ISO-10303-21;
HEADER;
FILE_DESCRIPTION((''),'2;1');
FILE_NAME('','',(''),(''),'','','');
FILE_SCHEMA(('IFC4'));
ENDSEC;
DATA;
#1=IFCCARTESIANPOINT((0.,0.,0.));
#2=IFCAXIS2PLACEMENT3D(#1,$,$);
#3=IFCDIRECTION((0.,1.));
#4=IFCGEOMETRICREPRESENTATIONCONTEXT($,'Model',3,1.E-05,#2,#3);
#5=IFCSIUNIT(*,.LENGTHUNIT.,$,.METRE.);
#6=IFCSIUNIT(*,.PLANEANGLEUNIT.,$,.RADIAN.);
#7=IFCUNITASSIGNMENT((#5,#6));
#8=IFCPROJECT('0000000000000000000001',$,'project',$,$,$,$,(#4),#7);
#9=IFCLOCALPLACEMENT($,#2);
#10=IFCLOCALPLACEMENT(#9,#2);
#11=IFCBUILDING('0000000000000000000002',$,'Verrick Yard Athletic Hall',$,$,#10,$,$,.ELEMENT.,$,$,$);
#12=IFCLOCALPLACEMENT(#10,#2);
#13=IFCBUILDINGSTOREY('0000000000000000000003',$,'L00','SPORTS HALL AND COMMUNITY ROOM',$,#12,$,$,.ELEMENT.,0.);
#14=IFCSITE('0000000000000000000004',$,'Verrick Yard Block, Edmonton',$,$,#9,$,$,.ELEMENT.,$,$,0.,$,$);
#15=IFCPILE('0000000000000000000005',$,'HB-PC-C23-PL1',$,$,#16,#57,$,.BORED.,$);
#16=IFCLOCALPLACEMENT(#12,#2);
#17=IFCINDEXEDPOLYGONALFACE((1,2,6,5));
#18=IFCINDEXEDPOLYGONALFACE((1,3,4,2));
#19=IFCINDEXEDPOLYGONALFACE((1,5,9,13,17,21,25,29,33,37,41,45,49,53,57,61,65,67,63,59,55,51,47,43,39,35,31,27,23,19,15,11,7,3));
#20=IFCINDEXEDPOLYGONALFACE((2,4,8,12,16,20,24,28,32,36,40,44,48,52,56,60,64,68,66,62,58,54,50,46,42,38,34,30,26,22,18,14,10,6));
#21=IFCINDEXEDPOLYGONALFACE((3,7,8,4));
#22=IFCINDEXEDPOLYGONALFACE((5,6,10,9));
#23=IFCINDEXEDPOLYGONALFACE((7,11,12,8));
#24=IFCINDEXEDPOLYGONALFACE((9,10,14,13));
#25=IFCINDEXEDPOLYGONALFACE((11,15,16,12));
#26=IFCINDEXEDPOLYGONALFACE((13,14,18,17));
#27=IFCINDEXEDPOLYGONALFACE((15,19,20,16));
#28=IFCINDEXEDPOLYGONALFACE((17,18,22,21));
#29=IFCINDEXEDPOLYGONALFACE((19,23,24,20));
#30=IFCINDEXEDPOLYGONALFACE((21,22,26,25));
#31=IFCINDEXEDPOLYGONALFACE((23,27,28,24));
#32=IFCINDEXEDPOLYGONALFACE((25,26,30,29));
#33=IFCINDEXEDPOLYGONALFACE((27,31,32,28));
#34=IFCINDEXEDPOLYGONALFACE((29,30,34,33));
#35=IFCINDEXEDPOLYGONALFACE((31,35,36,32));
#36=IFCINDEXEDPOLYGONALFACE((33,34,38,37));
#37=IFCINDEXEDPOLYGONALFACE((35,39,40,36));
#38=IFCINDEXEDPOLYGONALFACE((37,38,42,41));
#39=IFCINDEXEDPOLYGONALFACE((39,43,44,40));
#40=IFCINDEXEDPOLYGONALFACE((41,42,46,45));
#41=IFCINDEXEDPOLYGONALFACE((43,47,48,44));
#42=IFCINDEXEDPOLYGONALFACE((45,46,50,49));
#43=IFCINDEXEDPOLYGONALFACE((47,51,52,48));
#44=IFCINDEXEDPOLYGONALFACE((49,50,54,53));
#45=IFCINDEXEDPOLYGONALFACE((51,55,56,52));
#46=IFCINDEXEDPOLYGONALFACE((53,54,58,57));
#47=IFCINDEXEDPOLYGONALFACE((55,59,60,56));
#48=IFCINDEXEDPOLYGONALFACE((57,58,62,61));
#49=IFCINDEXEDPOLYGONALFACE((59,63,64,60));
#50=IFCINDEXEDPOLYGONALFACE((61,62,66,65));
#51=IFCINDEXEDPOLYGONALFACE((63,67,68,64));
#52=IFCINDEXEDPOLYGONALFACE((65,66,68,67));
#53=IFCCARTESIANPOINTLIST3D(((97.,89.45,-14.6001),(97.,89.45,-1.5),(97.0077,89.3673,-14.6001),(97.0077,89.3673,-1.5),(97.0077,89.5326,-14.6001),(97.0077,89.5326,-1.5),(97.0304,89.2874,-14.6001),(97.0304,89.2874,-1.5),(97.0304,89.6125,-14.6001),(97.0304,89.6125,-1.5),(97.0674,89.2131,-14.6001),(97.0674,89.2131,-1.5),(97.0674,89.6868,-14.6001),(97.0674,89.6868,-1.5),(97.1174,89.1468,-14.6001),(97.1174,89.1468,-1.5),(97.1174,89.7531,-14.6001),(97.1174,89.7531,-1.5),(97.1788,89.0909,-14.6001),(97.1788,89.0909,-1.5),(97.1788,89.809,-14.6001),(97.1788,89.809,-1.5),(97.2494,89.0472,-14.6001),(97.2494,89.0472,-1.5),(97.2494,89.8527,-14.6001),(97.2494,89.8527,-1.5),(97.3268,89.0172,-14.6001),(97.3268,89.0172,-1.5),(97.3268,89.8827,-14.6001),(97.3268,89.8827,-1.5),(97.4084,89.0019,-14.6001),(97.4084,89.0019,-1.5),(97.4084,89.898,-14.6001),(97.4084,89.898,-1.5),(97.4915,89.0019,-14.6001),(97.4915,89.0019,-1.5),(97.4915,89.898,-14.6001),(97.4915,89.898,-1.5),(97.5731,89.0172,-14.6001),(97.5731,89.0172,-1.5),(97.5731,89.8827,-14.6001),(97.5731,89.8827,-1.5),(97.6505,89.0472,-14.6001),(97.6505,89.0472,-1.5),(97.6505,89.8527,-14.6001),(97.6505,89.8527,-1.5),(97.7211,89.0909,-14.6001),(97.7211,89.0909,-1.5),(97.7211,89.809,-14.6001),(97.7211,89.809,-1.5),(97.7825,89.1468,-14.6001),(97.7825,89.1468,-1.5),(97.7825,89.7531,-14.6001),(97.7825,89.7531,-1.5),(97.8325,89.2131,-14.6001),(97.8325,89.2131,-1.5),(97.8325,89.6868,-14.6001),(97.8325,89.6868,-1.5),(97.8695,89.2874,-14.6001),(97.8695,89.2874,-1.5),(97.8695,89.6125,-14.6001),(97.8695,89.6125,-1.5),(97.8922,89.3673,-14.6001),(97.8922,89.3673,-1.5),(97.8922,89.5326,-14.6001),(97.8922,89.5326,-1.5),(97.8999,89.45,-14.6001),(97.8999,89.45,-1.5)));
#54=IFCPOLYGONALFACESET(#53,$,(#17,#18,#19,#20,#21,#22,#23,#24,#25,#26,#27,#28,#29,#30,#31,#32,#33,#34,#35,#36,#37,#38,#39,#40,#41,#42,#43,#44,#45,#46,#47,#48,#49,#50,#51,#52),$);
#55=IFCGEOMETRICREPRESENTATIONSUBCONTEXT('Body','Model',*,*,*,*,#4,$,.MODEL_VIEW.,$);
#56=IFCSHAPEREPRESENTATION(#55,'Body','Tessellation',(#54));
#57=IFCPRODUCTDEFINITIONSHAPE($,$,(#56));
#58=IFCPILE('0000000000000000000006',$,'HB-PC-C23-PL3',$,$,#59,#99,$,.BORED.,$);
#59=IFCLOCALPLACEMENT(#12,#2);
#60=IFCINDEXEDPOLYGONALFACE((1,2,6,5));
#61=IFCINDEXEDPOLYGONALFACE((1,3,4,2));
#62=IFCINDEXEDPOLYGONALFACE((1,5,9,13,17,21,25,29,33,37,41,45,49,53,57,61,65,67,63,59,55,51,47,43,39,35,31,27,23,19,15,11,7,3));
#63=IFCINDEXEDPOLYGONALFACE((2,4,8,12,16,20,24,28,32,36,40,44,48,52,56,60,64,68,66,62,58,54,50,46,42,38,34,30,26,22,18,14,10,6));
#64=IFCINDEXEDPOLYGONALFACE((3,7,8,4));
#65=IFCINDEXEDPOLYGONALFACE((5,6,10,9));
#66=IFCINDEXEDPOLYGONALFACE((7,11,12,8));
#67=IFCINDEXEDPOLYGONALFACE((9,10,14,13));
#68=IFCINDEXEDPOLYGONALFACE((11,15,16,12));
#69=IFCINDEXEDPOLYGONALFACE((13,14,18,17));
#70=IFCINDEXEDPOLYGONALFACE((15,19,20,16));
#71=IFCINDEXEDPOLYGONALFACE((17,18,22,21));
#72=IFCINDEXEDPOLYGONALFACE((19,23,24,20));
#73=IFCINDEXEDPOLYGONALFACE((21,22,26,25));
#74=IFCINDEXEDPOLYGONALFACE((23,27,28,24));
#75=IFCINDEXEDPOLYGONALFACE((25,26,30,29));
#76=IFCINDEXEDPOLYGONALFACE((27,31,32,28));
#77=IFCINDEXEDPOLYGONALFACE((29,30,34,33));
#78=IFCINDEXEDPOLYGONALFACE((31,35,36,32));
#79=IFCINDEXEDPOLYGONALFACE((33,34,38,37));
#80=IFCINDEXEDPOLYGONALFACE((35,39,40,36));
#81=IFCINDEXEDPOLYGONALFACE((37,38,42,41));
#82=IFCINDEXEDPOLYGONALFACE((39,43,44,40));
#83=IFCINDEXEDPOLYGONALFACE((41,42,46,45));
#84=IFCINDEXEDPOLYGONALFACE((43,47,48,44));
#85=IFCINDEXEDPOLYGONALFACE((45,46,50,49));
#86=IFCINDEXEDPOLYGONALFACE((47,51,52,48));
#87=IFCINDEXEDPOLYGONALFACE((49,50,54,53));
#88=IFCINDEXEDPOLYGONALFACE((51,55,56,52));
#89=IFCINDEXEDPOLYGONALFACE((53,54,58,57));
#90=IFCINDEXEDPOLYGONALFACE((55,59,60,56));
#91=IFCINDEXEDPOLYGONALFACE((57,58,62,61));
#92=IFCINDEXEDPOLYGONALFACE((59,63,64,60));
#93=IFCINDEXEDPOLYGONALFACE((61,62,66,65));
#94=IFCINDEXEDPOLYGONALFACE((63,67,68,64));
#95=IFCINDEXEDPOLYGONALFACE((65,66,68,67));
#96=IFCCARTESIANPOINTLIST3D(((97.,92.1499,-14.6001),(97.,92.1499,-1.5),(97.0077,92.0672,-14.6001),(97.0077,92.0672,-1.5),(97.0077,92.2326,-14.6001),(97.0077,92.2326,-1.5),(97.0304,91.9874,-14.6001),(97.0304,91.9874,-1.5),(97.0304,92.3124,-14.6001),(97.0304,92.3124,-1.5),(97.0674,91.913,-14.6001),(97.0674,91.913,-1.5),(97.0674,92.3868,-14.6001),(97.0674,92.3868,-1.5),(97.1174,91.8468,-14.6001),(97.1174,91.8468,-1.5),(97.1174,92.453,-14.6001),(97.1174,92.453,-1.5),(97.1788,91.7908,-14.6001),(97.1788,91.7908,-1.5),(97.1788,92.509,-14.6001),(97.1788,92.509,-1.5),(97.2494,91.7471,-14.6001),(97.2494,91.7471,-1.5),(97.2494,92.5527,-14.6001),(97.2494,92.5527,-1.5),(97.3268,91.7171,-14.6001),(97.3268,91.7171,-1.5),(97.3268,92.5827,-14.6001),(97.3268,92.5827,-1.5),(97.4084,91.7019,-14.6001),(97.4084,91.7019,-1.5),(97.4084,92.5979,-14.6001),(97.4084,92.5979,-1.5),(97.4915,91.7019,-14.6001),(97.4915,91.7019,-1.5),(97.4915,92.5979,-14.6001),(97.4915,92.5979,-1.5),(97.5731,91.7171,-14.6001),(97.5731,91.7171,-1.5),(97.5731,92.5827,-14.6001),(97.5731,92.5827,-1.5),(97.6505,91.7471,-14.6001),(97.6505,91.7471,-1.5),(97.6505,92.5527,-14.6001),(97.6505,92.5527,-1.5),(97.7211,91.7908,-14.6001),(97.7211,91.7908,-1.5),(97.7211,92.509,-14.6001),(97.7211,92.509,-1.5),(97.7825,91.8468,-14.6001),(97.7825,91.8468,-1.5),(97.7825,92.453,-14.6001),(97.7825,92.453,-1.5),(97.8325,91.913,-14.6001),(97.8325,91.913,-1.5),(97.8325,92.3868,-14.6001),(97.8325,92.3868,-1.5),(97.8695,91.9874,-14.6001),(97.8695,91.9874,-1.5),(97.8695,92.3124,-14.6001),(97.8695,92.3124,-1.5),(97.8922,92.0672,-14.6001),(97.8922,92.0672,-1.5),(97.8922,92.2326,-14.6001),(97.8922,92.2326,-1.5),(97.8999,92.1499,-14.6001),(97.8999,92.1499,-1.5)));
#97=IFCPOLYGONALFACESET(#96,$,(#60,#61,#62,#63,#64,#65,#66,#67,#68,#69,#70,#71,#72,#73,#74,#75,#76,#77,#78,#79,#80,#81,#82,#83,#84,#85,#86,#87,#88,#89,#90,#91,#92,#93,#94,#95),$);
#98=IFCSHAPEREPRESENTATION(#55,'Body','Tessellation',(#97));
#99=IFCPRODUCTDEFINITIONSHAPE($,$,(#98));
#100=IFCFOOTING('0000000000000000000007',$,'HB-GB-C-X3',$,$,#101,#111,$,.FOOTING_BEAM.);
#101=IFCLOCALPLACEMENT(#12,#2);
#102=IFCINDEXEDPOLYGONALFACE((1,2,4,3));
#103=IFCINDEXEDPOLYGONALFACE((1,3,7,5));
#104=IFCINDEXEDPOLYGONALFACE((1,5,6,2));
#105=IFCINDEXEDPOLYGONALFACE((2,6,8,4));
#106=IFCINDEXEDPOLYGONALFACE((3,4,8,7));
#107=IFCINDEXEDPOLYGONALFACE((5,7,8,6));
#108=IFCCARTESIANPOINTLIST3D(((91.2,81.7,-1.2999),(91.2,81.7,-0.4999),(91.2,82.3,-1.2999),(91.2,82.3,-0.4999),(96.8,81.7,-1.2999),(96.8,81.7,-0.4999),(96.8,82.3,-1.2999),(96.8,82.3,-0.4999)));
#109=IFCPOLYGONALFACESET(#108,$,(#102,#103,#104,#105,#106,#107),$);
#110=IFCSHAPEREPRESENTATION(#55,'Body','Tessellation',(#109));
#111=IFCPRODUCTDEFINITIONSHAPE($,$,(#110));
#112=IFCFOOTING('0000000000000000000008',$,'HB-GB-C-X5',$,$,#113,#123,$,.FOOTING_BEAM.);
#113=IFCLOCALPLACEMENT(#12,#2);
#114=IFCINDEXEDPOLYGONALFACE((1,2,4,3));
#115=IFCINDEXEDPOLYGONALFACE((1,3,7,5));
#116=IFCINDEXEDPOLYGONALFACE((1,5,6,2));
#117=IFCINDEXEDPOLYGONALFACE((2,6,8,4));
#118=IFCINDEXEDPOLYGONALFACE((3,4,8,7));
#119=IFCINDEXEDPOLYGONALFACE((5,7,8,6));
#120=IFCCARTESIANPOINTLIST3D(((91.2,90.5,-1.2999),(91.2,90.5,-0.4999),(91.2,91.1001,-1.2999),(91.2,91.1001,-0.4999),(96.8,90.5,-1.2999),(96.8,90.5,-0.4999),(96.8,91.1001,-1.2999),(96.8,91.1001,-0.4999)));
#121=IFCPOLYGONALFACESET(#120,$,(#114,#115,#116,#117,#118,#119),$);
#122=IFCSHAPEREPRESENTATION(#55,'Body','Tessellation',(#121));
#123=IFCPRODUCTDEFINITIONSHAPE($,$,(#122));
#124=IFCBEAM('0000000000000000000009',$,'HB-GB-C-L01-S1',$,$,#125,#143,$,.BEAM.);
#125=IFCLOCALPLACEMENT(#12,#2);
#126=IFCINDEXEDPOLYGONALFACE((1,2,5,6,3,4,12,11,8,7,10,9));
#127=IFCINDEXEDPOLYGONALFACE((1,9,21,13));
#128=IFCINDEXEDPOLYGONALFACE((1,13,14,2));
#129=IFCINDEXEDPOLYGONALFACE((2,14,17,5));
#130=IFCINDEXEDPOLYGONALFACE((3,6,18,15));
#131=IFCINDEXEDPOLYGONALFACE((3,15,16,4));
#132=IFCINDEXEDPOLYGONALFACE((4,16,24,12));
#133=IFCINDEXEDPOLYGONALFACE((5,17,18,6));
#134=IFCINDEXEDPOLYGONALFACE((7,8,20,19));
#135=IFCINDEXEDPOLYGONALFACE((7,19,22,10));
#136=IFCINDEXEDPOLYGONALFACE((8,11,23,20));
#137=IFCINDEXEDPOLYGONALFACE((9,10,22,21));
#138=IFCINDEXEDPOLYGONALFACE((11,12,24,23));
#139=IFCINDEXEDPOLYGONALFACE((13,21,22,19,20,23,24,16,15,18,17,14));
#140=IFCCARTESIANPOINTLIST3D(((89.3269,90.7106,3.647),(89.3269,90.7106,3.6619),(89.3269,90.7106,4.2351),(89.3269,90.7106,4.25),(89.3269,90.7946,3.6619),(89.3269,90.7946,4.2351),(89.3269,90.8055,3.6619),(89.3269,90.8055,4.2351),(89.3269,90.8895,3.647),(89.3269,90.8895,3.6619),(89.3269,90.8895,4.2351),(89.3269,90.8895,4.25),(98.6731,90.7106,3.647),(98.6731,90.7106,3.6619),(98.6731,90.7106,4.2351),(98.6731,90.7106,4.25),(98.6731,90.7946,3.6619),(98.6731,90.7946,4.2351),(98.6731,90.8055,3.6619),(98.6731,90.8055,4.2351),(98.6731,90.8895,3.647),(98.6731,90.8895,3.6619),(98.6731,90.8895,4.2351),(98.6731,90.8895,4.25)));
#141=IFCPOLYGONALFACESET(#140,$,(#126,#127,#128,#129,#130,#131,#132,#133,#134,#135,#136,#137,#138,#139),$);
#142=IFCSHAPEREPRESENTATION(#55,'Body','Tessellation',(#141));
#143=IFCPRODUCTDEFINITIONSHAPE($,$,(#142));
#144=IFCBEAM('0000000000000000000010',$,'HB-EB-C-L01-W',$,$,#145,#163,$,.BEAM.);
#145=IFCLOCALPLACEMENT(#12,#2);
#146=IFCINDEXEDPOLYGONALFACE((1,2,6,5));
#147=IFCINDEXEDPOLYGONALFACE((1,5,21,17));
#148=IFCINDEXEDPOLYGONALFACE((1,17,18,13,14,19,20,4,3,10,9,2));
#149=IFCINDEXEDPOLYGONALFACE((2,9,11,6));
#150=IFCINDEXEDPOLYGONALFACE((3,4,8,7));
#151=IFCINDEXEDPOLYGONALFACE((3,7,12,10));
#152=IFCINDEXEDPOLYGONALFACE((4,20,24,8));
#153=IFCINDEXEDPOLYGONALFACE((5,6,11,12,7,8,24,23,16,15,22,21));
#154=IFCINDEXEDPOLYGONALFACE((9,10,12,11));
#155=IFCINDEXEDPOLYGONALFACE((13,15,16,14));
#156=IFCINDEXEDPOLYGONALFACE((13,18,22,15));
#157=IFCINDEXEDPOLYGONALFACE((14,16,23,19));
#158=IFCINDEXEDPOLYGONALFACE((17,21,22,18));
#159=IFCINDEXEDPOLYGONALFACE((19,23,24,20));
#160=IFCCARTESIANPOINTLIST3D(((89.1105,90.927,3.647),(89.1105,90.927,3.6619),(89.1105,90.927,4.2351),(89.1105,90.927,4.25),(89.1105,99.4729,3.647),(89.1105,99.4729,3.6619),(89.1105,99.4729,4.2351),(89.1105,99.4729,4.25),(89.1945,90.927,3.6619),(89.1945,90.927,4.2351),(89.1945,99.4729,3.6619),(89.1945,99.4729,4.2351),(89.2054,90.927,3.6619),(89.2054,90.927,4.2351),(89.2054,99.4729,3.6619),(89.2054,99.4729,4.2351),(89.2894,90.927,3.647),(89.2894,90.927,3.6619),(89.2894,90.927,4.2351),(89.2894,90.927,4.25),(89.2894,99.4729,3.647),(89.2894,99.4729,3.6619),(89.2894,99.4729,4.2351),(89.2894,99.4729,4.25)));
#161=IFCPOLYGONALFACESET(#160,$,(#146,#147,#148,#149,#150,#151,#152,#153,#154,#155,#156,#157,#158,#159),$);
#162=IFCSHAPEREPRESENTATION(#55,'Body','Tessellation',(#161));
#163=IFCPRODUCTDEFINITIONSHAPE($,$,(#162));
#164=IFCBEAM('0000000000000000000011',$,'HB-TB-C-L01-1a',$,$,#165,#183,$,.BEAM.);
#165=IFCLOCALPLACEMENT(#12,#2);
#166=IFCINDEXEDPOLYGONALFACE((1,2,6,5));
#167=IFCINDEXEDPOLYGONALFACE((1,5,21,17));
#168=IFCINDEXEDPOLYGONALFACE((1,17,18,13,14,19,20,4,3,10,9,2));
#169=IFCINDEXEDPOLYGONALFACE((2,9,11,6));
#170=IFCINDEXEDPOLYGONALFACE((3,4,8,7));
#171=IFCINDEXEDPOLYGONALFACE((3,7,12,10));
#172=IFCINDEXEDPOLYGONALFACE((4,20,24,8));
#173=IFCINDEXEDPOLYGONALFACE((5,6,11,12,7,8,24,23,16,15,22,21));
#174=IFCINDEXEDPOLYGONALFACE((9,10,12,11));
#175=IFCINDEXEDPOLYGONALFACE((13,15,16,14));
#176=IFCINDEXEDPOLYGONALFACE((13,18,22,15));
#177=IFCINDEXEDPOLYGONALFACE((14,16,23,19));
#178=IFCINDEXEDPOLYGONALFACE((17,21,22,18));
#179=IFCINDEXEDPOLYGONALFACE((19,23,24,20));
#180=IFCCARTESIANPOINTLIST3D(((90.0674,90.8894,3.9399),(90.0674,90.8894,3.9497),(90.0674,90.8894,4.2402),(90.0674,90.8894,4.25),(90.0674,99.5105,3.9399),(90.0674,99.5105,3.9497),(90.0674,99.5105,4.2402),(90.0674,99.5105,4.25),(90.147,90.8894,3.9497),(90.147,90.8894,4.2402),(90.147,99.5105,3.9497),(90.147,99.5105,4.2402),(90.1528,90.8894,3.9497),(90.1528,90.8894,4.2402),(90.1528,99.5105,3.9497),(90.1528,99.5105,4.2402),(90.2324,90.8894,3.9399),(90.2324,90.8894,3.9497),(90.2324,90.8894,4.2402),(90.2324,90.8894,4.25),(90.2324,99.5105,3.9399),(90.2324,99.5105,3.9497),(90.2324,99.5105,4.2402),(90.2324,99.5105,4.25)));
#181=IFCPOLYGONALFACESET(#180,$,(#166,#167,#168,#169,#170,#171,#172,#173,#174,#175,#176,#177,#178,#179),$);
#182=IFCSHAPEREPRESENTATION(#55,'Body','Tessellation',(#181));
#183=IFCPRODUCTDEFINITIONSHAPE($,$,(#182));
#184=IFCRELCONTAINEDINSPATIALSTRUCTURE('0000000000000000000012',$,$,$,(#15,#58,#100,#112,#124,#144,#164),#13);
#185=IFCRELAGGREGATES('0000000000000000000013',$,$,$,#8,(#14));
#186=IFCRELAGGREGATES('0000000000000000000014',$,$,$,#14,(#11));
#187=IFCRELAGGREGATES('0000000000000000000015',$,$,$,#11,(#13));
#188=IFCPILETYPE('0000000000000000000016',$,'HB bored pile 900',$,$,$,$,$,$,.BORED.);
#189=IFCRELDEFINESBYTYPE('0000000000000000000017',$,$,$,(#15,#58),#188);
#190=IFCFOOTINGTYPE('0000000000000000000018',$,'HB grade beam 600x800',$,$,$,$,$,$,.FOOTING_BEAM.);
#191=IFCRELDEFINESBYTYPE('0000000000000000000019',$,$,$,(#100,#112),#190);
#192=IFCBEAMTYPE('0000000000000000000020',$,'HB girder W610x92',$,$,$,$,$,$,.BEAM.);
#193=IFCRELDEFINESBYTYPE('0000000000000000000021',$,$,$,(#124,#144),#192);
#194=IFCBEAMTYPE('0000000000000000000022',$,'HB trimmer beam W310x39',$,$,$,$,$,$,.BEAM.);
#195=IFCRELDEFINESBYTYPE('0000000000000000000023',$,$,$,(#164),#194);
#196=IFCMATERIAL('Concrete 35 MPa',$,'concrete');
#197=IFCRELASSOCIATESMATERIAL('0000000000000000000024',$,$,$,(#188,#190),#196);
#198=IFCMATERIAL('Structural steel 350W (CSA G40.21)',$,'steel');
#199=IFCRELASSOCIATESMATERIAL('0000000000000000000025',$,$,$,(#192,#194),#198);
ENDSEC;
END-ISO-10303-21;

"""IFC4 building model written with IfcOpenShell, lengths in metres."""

from ifc_helpers import new_model, si_unit, direction, frame, origin, origin_2d, place, context, subcontext, project, spatial, rectangle, circle, i_section, extrude, material, material_profile, profile_set, type_object, element, save


model = new_model("IFC4")

# Units and contexts
model_context = context("Model", 3, precision=1e-05, world=origin(), true_north=direction((0.0, 1.0)))
body_context = subcontext(model_context, "Body", "Model", "MODEL_VIEW")
ifc_project = project(units=[si_unit("LENGTHUNIT", "METRE"), si_unit("PLANEANGLEUNIT", "RADIAN")], contexts=[model_context])

# Site, building, storey
site_placement = place(None, origin())
site = spatial("IfcSite", under=ifc_project, at=site_placement, Name="Verrick Yard Block, Edmonton", CompositionType="ELEMENT", RefElevation=0.0)
building_placement = place(site_placement, origin())
building = spatial("IfcBuilding", under=site, at=building_placement, Name="Verrick Yard Athletic Hall", CompositionType="ELEMENT")
storey_placement = place(building_placement, origin())
storey = spatial("IfcBuildingStorey", under=building, at=storey_placement, Name="L00", Description="SPORTS HALL AND COMMUNITY ROOM", CompositionType="ELEMENT", Elevation=0.0)

# Piles
ifc_material_1 = material(Name="Concrete 35 MPa", Category="concrete")
ifc_material_profile_1 = material_profile(ifc_material_1, circle(Radius=0.45, at=origin_2d()), Name="Bored pile 900")
ifc_profile_set_1 = profile_set([ifc_material_profile_1], Name="Concrete 35 MPa")
pile_type = type_object("IfcPileType", Name="HB bored pile 900", PredefinedType="BORED", material=ifc_profile_set_1)
for number, where, z_axis, x_axis, name in (
    (1, (97.45, 89.45, -1.5), (0.0, 0.0, -1.0), (1.0, 0.0, 0.0), "HB-PC-C23-PL1"),
    (2, (97.45, 92.1499, -1.5), (0.0, 0.0, -1.0), (1.0, 0.0, 0.0), "HB-PC-C23-PL3"),
):
    element("IfcPile", number, at=place(storey_placement, frame(where, z_axis=z_axis, x_axis=x_axis)), inside=storey, type_object=pile_type, Name=name, PredefinedType="BORED", context=body_context, shape_type="SweptSolid", body=[
        extrude(circle(Radius=0.45, at=origin_2d()), origin(), (0.0, 0.0, 1.0), 13.1001),
    ])

# Footings
ifc_material_profile_2 = material_profile(ifc_material_1, rectangle(XDim=0.6001, YDim=0.8, at=origin_2d()), Name="Grade beam 600x800")
ifc_profile_set_2 = profile_set([ifc_material_profile_2], Name="Concrete 35 MPa")
footing_type = type_object("IfcFootingType", Name="HB grade beam 600x800", PredefinedType="FOOTING_BEAM", material=ifc_profile_set_2)
for number, where, z_axis, x_axis, name in (
    (3, (91.2, 82.0, -0.8999), (1.0, 0.0, 0.0), (0.0, 1.0, 0.0), "HB-GB-C-X3"),
    (4, (91.2, 90.8, -0.8999), (1.0, 0.0, 0.0), (0.0, 1.0, 0.0), "HB-GB-C-X5"),
):
    element("IfcFooting", number, at=place(storey_placement, frame(where, z_axis=z_axis, x_axis=x_axis)), inside=storey, type_object=footing_type, Name=name, PredefinedType="FOOTING_BEAM", context=body_context, shape_type="SweptSolid", body=[
        extrude(rectangle(XDim=0.6001, YDim=0.8, at=origin_2d()), origin(), (0.0, 0.0, 1.0), 5.6001),
    ])

# Beams
ifc_material_2 = material(Name="Structural steel 350W (CSA G40.21)", Category="steel")
ifc_material_profile_3 = material_profile(ifc_material_2, i_section(OverallWidth=0.179, OverallDepth=0.603, WebThickness=0.011, FlangeThickness=0.0149, at=origin_2d()), Name="W610x92")
ifc_profile_set_3 = profile_set([ifc_material_profile_3], Name="Structural steel 350W (CSA G40.21)")
beam_type_1 = type_object("IfcBeamType", Name="HB girder W610x92", PredefinedType="BEAM", material=ifc_profile_set_3)
beam_1_placement = place(storey_placement, frame((89.3269, 90.8, 3.9485), z_axis=(1.0, 0.0, 0.0), x_axis=(0.0, 1.0, 0.0)))
element("IfcBeam", 5, at=beam_1_placement, inside=storey, type_object=beam_type_1, Name="HB-GB-C-L01-S1", PredefinedType="BEAM", context=body_context, shape_type="SweptSolid", body=[
    extrude(i_section(OverallWidth=0.179, OverallDepth=0.603, WebThickness=0.011, FlangeThickness=0.0149, at=origin_2d()), origin(), (0.0, 0.0, 1.0), 9.3462),
])
beam_2_placement = place(storey_placement, frame((89.2, 90.927, 3.9485), z_axis=(0.0, 1.0, 0.0), x_axis=(-1.0, 0.0, 0.0)))
element("IfcBeam", 6, at=beam_2_placement, inside=storey, type_object=beam_type_1, Name="HB-EB-C-L01-W", PredefinedType="BEAM", context=body_context, shape_type="SweptSolid", body=[
    extrude(i_section(OverallWidth=0.179, OverallDepth=0.603, WebThickness=0.011, FlangeThickness=0.0149, at=origin_2d()), origin(), (0.0, 0.0, 1.0), 8.5459),
])
ifc_material_profile_4 = material_profile(ifc_material_2, i_section(OverallWidth=0.165, OverallDepth=0.3101, WebThickness=0.0059, FlangeThickness=0.0098, at=origin_2d()), Name="W310x39")
ifc_profile_set_4 = profile_set([ifc_material_profile_4], Name="Structural steel 350W (CSA G40.21)")
beam_type_2 = type_object("IfcBeamType", Name="HB trimmer beam W310x39", PredefinedType="BEAM", material=ifc_profile_set_4)
for number, where, z_axis, x_axis, name in (
    (7, (90.1499, 90.8894, 4.095), (0.0, 1.0, 0.0), (-1.0, 0.0, 0.0), "HB-TB-C-L01-1a"),
):
    element("IfcBeam", number, at=place(storey_placement, frame(where, z_axis=z_axis, x_axis=x_axis)), inside=storey, type_object=beam_type_2, Name=name, PredefinedType="BEAM", context=body_context, shape_type="SweptSolid", body=[
        extrude(i_section(OverallWidth=0.165, OverallDepth=0.3101, WebThickness=0.0059, FlangeThickness=0.0098, at=origin_2d()), origin(), (0.0, 0.0, 1.0), 8.6211),
    ])

save(model, "model.ifc")
